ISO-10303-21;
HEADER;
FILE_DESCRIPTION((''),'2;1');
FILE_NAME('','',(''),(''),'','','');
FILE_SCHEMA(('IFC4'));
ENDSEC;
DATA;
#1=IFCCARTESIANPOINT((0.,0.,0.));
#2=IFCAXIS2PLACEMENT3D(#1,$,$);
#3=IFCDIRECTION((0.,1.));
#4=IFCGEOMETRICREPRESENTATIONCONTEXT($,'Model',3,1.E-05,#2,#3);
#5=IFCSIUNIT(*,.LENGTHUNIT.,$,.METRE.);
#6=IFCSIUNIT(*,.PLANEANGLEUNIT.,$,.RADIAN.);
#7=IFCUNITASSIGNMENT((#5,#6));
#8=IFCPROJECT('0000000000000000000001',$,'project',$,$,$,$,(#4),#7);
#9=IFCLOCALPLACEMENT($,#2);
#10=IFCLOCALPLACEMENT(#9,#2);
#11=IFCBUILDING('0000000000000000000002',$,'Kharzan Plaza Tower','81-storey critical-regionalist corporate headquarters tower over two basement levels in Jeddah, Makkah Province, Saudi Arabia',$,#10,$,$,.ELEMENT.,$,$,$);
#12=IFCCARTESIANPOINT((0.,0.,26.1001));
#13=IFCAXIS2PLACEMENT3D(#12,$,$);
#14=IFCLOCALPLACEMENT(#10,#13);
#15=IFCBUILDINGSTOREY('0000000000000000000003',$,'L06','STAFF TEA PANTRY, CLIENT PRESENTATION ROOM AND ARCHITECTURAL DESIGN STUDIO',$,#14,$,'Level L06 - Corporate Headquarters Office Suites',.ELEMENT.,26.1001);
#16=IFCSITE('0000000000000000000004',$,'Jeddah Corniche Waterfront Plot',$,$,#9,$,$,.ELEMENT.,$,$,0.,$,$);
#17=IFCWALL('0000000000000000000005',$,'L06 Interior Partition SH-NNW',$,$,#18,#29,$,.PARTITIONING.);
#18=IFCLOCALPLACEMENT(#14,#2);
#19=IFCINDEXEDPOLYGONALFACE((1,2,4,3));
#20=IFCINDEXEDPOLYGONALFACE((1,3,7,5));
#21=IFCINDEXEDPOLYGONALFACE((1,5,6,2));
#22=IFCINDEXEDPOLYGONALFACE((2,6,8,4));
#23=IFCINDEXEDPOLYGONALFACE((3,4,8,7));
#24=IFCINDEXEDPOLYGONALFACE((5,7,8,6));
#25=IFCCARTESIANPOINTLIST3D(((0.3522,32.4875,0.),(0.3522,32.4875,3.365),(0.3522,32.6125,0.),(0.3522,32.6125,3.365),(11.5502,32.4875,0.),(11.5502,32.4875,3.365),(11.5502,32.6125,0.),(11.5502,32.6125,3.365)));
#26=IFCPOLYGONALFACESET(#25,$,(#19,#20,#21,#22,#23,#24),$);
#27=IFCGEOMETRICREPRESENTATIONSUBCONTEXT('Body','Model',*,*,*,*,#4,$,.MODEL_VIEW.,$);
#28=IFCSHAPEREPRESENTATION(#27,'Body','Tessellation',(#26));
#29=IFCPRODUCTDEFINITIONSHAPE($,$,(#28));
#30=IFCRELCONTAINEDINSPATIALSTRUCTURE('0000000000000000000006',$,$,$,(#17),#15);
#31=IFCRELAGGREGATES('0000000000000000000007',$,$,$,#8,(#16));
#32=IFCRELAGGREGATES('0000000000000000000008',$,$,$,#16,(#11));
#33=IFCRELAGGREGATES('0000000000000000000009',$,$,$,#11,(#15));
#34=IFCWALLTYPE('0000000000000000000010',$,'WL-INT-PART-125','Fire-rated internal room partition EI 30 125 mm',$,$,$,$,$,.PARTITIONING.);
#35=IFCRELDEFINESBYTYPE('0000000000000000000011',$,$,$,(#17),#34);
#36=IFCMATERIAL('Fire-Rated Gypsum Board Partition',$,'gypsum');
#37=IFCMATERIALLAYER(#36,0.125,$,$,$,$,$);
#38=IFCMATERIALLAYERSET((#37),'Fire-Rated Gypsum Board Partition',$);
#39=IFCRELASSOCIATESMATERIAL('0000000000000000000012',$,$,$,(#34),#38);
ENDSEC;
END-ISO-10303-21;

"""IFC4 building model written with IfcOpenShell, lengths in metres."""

from ifc_helpers import new_model, si_unit, direction, frame, frame_2d, origin, place, context, subcontext, project, spatial, rectangle, extrude, source, transform, mapped, material, layer, layer_set, type_object, element, save


model = new_model("IFC4")

# Units and contexts
model_context = context("Model", 3, precision=1e-05, world=origin(), true_north=direction((0.0, 1.0)))
body_context = subcontext(model_context, "Body", "Model", "MODEL_VIEW")
ifc_project = project(units=[si_unit("LENGTHUNIT", "METRE"), si_unit("PLANEANGLEUNIT", "RADIAN")], contexts=[model_context])

# Site, building, storey
site_placement = place(None, origin())
site = spatial("IfcSite", under=ifc_project, at=site_placement, Name="Jeddah Corniche Waterfront Plot", CompositionType="ELEMENT", RefElevation=0.0)
building_placement = place(site_placement, origin())
building = spatial("IfcBuilding", under=site, at=building_placement, Name="Kharzan Plaza Tower", Description="81-storey critical-regionalist corporate headquarters tower over two basement levels in Jeddah, Makkah Province, Saudi Arabia", CompositionType="ELEMENT")
storey_placement = place(building_placement, frame((0.0, 0.0, 26.1001)))
storey = spatial("IfcBuildingStorey", under=building, at=storey_placement, Name="L06", Description="STAFF TEA PANTRY, CLIENT PRESENTATION ROOM AND ARCHITECTURAL DESIGN STUDIO", LongName="Level L06 - Corporate Headquarters Office Suites", CompositionType="ELEMENT", Elevation=26.1001)

# Shared definitions
ifc_material_1 = material(Name="Fire-Rated Gypsum Board Partition", Category="gypsum")
ifc_layer_1 = layer(ifc_material_1, 0.125)
ifc_layer_set_1 = layer_set([ifc_layer_1], Name="Fire-Rated Gypsum Board Partition")
wall_type_1 = type_object("IfcWallType", Name="WL-INT-PART-125", Description="Fire-rated internal room partition EI 30 125 mm", PredefinedType="PARTITIONING", material=ifc_layer_set_1)

# Wall
shared_shape_1 = source(origin(), body_context, "Body", "SweptSolid", [
    extrude(rectangle(XDim=11.198, YDim=0.125, at=frame_2d((5.5991, 0.0))), origin(), (0.0, 0.0, 1.0), 3.365),
])
wall_1_placement = place(storey_placement, frame((0.3521, 32.55, 0.0), z_axis=(0.0, 0.0, 1.0), x_axis=(1.0, 0.0, 0.0)))
element("IfcWall", 1, at=wall_1_placement, inside=storey, type_object=wall_type_1, Name="L06 Interior Partition SH-NNW", PredefinedType="PARTITIONING", context=body_context, shape_type="MappedRepresentation", body=[
    mapped(shared_shape_1, transform((0.0, 0.0, 0.0), x_axis=(1.0, 0.0, 0.0), y_axis=(0.0, 1.0, 0.0), z_axis=(0.0, 0.0, 1.0))),
])

save(model, "model.ifc")
